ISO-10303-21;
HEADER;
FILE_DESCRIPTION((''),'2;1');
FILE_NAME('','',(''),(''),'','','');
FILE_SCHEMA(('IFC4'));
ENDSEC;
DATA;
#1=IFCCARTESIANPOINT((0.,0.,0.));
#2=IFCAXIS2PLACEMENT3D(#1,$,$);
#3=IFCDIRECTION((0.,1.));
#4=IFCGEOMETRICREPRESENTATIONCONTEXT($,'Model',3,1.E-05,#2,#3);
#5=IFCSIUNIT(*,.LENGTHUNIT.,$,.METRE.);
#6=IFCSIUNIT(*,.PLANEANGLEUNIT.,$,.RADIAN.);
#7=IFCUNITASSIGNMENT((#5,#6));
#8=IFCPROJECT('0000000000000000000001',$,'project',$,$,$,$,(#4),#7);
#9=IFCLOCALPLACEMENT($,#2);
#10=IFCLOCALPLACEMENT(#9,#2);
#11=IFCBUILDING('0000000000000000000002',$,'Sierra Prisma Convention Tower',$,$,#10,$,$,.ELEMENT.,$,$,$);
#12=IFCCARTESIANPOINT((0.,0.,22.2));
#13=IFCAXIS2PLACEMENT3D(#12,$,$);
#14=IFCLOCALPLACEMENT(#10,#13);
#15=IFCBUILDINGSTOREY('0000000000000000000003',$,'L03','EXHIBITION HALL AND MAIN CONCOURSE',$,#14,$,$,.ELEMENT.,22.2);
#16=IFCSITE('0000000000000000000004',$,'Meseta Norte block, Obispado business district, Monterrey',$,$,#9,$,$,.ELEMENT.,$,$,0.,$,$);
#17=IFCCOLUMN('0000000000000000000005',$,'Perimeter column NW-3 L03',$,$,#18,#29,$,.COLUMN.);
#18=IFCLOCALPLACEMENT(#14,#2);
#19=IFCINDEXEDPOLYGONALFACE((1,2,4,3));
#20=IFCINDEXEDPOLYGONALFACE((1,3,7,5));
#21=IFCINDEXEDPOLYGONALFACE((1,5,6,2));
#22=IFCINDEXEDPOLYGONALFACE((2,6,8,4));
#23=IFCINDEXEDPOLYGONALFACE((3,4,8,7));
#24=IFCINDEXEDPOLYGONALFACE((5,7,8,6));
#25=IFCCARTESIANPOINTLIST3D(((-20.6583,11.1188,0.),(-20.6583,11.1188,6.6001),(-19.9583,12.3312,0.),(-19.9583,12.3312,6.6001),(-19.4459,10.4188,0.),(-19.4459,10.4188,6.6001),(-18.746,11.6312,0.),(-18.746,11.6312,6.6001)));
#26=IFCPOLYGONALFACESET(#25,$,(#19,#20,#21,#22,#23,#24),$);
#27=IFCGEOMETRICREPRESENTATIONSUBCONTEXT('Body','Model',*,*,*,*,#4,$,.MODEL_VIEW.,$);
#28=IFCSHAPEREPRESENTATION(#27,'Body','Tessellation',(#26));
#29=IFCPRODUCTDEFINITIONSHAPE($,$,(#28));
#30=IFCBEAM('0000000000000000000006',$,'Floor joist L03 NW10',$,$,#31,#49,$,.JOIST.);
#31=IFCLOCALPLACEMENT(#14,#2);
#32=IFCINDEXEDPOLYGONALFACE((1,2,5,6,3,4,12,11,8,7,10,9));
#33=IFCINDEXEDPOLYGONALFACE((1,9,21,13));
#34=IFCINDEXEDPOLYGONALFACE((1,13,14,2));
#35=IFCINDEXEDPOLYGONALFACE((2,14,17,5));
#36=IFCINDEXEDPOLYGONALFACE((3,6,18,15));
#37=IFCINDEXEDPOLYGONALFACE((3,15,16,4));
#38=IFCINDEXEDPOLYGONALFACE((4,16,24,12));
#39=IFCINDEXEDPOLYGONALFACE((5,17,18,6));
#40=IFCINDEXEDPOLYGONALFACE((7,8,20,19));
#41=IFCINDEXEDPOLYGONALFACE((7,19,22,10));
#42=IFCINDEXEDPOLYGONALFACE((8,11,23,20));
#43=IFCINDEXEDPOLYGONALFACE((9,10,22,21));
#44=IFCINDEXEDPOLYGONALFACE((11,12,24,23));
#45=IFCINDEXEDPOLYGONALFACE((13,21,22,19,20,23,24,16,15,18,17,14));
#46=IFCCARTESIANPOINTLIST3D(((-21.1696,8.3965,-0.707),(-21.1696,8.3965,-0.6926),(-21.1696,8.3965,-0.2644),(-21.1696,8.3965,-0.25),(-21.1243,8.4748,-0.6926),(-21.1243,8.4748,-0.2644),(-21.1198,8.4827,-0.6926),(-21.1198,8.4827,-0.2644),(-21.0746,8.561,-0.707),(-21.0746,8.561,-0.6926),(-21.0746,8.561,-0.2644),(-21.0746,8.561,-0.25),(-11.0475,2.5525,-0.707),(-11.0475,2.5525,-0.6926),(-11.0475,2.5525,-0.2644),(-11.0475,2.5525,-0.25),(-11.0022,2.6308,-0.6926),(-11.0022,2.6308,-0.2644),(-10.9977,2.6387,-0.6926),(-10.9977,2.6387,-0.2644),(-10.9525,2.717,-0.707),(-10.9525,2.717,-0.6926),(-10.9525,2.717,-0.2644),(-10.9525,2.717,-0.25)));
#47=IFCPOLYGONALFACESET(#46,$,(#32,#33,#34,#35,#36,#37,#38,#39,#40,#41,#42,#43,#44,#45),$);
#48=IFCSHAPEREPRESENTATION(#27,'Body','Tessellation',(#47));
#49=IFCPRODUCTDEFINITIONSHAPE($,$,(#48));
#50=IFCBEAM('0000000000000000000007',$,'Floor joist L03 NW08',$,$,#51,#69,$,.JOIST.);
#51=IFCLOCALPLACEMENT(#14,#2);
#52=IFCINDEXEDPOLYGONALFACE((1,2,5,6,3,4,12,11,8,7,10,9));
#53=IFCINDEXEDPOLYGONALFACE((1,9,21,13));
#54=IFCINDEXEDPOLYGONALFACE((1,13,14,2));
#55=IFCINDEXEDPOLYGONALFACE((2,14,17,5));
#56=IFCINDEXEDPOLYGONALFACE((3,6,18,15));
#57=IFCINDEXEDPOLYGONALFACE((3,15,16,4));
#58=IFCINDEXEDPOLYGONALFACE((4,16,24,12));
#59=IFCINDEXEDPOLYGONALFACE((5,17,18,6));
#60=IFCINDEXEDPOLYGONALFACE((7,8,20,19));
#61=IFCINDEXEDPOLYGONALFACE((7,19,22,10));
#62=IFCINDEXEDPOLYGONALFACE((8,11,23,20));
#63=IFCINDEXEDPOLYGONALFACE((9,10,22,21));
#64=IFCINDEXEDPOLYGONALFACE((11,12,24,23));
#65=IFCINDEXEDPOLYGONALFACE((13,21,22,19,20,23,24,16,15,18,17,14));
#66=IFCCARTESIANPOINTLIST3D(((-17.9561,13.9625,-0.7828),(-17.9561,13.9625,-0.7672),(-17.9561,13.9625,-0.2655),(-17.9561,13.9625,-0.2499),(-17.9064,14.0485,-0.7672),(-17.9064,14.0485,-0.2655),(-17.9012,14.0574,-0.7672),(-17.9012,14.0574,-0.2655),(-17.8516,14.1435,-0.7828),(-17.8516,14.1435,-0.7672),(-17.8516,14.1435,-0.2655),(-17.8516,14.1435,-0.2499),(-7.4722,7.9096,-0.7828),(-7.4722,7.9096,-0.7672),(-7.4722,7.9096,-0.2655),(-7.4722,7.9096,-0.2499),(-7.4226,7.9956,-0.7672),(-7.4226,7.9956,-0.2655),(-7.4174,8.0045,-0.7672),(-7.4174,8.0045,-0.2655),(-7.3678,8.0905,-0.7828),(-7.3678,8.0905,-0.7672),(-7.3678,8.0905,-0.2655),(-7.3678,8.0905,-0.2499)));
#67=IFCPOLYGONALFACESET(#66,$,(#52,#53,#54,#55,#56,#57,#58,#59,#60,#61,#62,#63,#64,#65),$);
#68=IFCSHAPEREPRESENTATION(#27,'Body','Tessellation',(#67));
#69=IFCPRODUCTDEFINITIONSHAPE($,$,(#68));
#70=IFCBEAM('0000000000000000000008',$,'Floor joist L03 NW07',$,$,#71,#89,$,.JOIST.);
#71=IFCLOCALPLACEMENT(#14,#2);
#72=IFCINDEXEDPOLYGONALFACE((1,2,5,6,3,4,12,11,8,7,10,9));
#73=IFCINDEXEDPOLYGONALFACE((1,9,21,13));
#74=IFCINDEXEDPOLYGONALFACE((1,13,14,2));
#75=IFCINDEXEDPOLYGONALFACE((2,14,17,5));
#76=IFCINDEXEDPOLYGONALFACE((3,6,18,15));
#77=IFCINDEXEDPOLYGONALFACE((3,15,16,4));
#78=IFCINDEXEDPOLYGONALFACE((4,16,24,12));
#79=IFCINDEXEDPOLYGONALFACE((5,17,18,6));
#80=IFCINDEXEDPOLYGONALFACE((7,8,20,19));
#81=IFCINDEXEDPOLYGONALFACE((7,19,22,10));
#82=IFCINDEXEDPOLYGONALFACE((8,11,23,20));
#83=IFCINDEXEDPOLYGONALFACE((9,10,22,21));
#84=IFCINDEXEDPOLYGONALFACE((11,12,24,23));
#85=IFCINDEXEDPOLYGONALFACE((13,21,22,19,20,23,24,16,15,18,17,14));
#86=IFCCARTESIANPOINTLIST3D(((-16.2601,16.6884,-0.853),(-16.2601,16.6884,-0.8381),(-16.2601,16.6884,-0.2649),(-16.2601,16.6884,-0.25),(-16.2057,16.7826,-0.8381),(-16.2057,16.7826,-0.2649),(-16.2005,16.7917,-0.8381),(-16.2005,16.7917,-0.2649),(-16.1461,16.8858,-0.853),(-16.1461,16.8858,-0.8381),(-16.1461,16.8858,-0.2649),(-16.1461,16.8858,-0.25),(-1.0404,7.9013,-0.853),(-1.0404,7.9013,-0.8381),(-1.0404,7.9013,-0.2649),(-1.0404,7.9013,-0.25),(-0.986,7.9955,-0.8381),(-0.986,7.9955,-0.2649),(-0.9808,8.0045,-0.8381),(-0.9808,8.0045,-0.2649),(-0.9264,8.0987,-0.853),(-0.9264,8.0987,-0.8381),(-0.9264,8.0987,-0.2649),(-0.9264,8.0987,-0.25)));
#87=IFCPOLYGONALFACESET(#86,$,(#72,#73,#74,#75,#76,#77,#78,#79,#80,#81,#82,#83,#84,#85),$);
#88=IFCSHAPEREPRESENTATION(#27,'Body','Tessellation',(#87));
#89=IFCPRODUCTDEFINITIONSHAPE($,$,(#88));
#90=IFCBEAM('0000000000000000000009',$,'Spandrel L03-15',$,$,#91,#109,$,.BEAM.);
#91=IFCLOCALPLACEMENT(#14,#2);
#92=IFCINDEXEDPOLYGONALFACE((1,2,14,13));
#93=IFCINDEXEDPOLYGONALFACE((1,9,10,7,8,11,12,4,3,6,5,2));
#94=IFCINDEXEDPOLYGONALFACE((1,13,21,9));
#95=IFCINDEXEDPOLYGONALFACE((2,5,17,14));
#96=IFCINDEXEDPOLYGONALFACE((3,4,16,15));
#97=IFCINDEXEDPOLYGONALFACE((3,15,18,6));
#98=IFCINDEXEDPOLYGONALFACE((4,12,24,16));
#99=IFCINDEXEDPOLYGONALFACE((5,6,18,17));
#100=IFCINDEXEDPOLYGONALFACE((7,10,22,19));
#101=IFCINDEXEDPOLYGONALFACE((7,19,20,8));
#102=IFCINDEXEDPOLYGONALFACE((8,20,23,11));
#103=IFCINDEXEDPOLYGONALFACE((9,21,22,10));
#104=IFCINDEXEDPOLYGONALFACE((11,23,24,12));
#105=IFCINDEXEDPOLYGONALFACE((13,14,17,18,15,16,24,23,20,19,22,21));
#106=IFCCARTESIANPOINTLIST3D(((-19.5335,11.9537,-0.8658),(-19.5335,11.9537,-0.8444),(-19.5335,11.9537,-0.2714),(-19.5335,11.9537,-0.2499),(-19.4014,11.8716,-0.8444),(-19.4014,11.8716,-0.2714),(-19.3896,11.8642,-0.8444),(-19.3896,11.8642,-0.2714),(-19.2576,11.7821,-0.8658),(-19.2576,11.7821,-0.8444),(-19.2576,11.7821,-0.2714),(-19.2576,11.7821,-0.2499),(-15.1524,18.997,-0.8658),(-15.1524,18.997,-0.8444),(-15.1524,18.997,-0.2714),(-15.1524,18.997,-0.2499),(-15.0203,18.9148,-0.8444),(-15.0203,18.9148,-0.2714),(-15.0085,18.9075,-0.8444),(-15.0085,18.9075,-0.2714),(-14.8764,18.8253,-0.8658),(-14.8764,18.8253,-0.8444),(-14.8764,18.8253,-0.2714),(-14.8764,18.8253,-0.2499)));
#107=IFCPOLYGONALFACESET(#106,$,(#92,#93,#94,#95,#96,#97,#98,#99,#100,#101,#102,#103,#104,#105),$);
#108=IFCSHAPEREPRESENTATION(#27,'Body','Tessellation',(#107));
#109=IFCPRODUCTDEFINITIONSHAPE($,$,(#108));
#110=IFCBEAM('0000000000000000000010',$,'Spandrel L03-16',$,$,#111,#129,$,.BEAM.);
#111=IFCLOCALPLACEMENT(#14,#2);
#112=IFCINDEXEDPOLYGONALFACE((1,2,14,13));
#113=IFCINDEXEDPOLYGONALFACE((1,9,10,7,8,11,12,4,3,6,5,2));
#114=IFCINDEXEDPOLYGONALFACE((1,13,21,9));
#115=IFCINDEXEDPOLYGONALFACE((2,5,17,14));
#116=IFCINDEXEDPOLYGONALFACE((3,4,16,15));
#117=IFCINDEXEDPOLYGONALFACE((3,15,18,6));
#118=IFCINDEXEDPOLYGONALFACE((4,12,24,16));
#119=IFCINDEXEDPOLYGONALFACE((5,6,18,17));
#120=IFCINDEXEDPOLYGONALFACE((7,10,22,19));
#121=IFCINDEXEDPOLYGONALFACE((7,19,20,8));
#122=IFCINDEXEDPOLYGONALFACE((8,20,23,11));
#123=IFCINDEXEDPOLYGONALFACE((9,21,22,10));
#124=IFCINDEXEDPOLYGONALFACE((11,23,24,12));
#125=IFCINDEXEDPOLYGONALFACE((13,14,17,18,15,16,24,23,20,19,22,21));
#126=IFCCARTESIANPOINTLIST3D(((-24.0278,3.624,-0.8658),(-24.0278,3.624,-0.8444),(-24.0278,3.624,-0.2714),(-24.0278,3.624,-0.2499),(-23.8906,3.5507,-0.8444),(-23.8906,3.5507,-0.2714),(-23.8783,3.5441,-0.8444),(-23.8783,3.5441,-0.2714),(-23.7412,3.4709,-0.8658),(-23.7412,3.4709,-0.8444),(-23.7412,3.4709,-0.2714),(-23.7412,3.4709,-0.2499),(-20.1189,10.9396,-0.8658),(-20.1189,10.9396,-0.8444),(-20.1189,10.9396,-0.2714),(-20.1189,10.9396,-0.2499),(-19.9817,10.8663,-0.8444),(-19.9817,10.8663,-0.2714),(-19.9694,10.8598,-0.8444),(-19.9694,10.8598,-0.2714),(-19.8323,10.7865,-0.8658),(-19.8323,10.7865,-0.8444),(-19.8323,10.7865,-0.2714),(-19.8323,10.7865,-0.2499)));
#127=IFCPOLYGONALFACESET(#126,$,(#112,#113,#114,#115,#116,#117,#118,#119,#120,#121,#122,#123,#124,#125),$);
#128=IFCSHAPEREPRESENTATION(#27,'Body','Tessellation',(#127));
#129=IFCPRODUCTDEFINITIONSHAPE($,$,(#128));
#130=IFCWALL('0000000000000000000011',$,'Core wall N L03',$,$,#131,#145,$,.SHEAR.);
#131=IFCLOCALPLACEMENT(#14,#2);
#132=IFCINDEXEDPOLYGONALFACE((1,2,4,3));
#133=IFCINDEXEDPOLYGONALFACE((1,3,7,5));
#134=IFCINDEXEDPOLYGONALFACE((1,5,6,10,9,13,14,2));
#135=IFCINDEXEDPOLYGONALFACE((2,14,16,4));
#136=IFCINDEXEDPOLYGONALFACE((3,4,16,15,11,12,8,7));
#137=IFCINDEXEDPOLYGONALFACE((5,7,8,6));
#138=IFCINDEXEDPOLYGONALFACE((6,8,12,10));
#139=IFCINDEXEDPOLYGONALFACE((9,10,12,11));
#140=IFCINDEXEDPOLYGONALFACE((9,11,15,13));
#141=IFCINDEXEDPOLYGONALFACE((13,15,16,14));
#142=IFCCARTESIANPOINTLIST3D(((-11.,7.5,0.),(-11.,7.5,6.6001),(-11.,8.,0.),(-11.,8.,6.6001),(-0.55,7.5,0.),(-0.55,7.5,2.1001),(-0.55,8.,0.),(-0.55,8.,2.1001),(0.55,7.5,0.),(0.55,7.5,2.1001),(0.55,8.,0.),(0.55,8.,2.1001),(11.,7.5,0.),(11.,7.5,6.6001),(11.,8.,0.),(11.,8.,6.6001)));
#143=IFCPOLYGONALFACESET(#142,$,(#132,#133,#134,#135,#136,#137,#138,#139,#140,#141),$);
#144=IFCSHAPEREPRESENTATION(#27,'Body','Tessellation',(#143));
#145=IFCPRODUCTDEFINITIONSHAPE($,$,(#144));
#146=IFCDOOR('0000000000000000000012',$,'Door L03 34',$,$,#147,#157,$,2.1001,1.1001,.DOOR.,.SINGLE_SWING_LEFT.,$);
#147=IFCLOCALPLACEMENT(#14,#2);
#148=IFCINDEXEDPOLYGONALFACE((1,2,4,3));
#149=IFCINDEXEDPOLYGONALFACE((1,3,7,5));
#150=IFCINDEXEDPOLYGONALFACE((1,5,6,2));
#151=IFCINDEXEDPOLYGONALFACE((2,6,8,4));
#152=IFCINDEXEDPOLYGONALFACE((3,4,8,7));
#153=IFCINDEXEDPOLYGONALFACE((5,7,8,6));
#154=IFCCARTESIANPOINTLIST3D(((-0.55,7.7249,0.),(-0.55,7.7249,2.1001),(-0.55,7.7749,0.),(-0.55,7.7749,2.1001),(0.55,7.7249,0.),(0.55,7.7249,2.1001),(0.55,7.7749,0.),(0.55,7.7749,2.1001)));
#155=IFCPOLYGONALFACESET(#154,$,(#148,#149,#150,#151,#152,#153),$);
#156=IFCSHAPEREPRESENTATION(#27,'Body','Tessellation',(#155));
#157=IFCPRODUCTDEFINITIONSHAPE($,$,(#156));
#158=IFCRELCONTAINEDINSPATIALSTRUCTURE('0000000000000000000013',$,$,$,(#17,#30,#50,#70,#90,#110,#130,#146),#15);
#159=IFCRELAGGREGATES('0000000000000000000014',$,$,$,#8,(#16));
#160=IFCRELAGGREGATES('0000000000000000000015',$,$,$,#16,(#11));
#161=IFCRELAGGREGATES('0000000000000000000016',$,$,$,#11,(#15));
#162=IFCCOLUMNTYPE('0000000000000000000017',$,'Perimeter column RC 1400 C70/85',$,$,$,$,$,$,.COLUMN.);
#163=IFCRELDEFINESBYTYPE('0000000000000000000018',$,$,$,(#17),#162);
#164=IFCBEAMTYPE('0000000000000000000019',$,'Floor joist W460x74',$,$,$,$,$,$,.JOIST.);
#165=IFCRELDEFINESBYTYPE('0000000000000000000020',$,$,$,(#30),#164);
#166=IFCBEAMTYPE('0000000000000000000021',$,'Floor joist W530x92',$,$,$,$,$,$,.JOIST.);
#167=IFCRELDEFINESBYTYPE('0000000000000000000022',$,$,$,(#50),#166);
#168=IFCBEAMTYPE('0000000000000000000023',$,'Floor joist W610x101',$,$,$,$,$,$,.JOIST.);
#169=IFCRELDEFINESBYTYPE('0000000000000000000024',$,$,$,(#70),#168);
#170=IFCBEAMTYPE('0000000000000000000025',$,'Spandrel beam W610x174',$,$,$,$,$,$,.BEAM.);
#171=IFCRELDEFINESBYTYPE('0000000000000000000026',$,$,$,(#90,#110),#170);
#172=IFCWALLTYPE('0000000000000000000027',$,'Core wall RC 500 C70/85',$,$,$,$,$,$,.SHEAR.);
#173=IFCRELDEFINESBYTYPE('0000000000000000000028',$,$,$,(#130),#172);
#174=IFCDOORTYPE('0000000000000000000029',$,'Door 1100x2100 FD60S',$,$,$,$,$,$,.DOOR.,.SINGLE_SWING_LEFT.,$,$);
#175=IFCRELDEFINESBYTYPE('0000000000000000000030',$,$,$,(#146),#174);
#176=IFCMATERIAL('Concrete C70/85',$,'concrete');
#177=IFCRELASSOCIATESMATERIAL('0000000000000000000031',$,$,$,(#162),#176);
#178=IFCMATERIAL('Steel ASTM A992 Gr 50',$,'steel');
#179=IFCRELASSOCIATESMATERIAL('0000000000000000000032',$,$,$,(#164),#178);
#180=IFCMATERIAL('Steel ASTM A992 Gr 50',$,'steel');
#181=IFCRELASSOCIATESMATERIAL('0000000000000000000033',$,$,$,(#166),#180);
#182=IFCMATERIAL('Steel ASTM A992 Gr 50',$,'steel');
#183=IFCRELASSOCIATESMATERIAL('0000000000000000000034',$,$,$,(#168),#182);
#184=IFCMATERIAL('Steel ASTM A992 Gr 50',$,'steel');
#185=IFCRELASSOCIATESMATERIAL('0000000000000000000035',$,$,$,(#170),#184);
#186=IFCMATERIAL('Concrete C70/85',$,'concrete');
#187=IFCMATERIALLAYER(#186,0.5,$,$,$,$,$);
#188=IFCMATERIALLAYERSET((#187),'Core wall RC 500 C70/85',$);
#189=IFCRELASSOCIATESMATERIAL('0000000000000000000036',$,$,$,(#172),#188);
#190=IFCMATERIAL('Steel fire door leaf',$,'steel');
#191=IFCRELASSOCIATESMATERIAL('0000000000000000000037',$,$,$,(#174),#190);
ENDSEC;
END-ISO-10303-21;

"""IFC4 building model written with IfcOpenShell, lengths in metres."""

from ifc_helpers import new_model, si_unit, direction, frame, frame_2d, origin, origin_2d, place, context, subcontext, project, spatial, rectangle, i_section, extrude, material, layer, layer_set, material_profile, profile_set, type_object, element, fill, save


model = new_model("IFC4")

# Units and contexts
model_context = context("Model", 3, precision=1e-05, world=origin(), true_north=direction((0.0, 1.0)))
body_context = subcontext(model_context, "Body", "Model", "MODEL_VIEW")
ifc_project = project(units=[si_unit("LENGTHUNIT", "METRE"), si_unit("PLANEANGLEUNIT", "RADIAN")], contexts=[model_context])

# Site, building, storey
site_placement = place(None, origin())
site = spatial("IfcSite", under=ifc_project, at=site_placement, Name="Meseta Norte block, Obispado business district, Monterrey", CompositionType="ELEMENT", RefElevation=0.0)
building_placement = place(site_placement, origin())
building = spatial("IfcBuilding", under=site, at=building_placement, Name="Sierra Prisma Convention Tower", CompositionType="ELEMENT")
storey_placement = place(building_placement, frame((0.0, 0.0, 22.2)))
storey = spatial("IfcBuildingStorey", under=building, at=storey_placement, Name="L03", Description="EXHIBITION HALL AND MAIN CONCOURSE", CompositionType="ELEMENT", Elevation=22.2)

# Column
ifc_material_1 = material(Name="Concrete C70/85", Category="concrete")
ifc_material_profile_1 = material_profile(ifc_material_1, rectangle(XDim=1.3999, YDim=1.3999, at=origin_2d()), Name="Perimeter column RC 1400 C70/85")
ifc_profile_set_1 = profile_set([ifc_material_profile_1], Name="Concrete C70/85")
column_type = type_object("IfcColumnType", Name="Perimeter column RC 1400 C70/85", PredefinedType="COLUMN", material=ifc_profile_set_1)
column_placement = place(storey_placement, frame((-19.7021, 11.375, 0.0), z_axis=(0.0, 0.0, 1.0), x_axis=(0.5, 0.866025, 0.0)))
element("IfcColumn", 1, at=column_placement, inside=storey, type_object=column_type, Name="Perimeter column NW-3 L03", PredefinedType="COLUMN", context=body_context, shape_type="SweptSolid", body=[
    extrude(rectangle(XDim=1.3999, YDim=1.3999, at=origin_2d()), origin(), (0.0, 0.0, 1.0), 6.6001),
])

# Beams
ifc_material_2 = material(Name="Steel ASTM A992 Gr 50", Category="steel")
ifc_material_profile_2 = material_profile(ifc_material_2, i_section(OverallWidth=0.1899, OverallDepth=0.457, WebThickness=0.009, FlangeThickness=0.0144, at=origin_2d()), Name="W460x74")
ifc_profile_set_2 = profile_set([ifc_material_profile_2], Name="Steel ASTM A992 Gr 50")
beam_type_1 = type_object("IfcBeamType", Name="Floor joist W460x74", PredefinedType="JOIST", material=ifc_profile_set_2)
beam_1_placement = place(storey_placement, frame((-21.1221, 8.4788, -0.4785), z_axis=(0.866025, -0.500001, 0.0), x_axis=(0.500001, 0.866025, 0.0)))
element("IfcBeam", 2, at=beam_1_placement, inside=storey, type_object=beam_type_1, Name="Floor joist L03 NW10", PredefinedType="JOIST", context=body_context, shape_type="SweptSolid", body=[
    extrude(i_section(OverallWidth=0.1899, OverallDepth=0.457, WebThickness=0.009, FlangeThickness=0.0144, at=origin_2d()), origin(), (0.0, 0.0, 1.0), 11.688),
])
ifc_material_3 = material(Name="Steel ASTM A992 Gr 50", Category="steel")
ifc_material_profile_3 = material_profile(ifc_material_3, i_section(OverallWidth=0.209, OverallDepth=0.533, WebThickness=0.0103, FlangeThickness=0.0156, at=origin_2d()), Name="W530x92")
ifc_profile_set_3 = profile_set([ifc_material_profile_3], Name="Steel ASTM A992 Gr 50")
beam_type_2 = type_object("IfcBeamType", Name="Floor joist W530x92", PredefinedType="JOIST", material=ifc_profile_set_3)
beam_2_placement = place(storey_placement, frame((-17.9038, 14.053, -0.5164), z_axis=(0.866022, -0.500006, 0.0), x_axis=(0.500006, 0.866022, 0.0)))
element("IfcBeam", 3, at=beam_2_placement, inside=storey, type_object=beam_type_2, Name="Floor joist L03 NW08", PredefinedType="JOIST", context=body_context, shape_type="SweptSolid", body=[
    extrude(i_section(OverallWidth=0.209, OverallDepth=0.533, WebThickness=0.0103, FlangeThickness=0.0156, at=origin_2d()), origin(), (0.0, 0.0, 1.0), 12.1057),
])
ifc_material_4 = material(Name="Steel ASTM A992 Gr 50", Category="steel")
ifc_material_profile_4 = material_profile(ifc_material_4, i_section(OverallWidth=0.228, OverallDepth=0.603, WebThickness=0.0105, FlangeThickness=0.0149, at=origin_2d()), Name="W610x101")
ifc_profile_set_4 = profile_set([ifc_material_profile_4], Name="Steel ASTM A992 Gr 50")
beam_type_3 = type_object("IfcBeamType", Name="Floor joist W610x101", PredefinedType="JOIST", material=ifc_profile_set_4)
beam_3_placement = place(storey_placement, frame((-16.2031, 16.7871, -0.5515), z_axis=(0.866025, -0.5, 0.0), x_axis=(0.5, 0.866025, 0.0)))
element("IfcBeam", 4, at=beam_3_placement, inside=storey, type_object=beam_type_3, Name="Floor joist L03 NW07", PredefinedType="JOIST", context=body_context, shape_type="SweptSolid", body=[
    extrude(i_section(OverallWidth=0.228, OverallDepth=0.603, WebThickness=0.0105, FlangeThickness=0.0149, at=origin_2d()), origin(), (0.0, 0.0, 1.0), 17.5742),
])
ifc_material_5 = material(Name="Steel ASTM A992 Gr 50", Category="steel")
ifc_material_profile_5 = material_profile(ifc_material_5, i_section(OverallWidth=0.325, OverallDepth=0.616, WebThickness=0.0139, FlangeThickness=0.0215, at=origin_2d()), Name="W610x174")
ifc_profile_set_5 = profile_set([ifc_material_profile_5], Name="Steel ASTM A992 Gr 50")
beam_type_4 = type_object("IfcBeamType", Name="Spandrel beam W610x174", PredefinedType="BEAM", material=ifc_profile_set_5)
beam_4_placement = place(storey_placement, frame((-15.0144, 18.9111, -0.5579), z_axis=(-0.528185, -0.849129, 0.0), x_axis=(0.849129, -0.528185, 0.0)))
element("IfcBeam", 5, at=beam_4_placement, inside=storey, type_object=beam_type_4, Name="Spandrel L03-15", PredefinedType="BEAM", context=body_context, shape_type="SweptSolid", body=[
    extrude(i_section(OverallWidth=0.325, OverallDepth=0.616, WebThickness=0.0139, FlangeThickness=0.0215, at=origin_2d()), origin(), (0.0, 0.0, 1.0), 8.2947),
])
beam_5_placement = place(storey_placement, frame((-19.9756, 10.863, -0.5579), z_axis=(-0.471268, -0.88199, 0.0), x_axis=(0.88199, -0.471268, 0.0)))
element("IfcBeam", 6, at=beam_5_placement, inside=storey, type_object=beam_type_4, Name="Spandrel L03-16", PredefinedType="BEAM", context=body_context, shape_type="SweptSolid", body=[
    extrude(i_section(OverallWidth=0.325, OverallDepth=0.616, WebThickness=0.0139, FlangeThickness=0.0215, at=origin_2d()), origin(), (0.0, 0.0, 1.0), 8.2944),
])

# Wall, opening, door
ifc_material_6 = material(Name="Concrete C70/85", Category="concrete")
ifc_layer_1 = layer(ifc_material_6, 0.5)
ifc_layer_set_1 = layer_set([ifc_layer_1], Name="Core wall RC 500 C70/85")
wall_type_1 = type_object("IfcWallType", Name="Core wall RC 500 C70/85", PredefinedType="SHEAR", material=ifc_layer_set_1)
wall_1_placement = place(storey_placement, frame((-11.0, 7.75, 0.0), z_axis=(0.0, 0.0, 1.0), x_axis=(1.0, 0.0, 0.0)))
wall_1 = element("IfcWall", 7, at=wall_1_placement, inside=storey, type_object=wall_type_1, Name="Core wall N L03", PredefinedType="SHEAR", context=body_context, shape_type="SweptSolid", body=[
    extrude(rectangle(XDim=22.0, YDim=0.5, at=frame_2d((11.0, 0.0))), origin(), (0.0, 0.0, 1.0), 6.6001),
])
opening_1_placement = place(wall_1_placement, frame((10.45, 0.0, 0.0)))
opening_1 = element("IfcOpeningElement", 8, at=opening_1_placement, cuts=wall_1, PredefinedType="OPENING", context=body_context, shape_type="SweptSolid", body=[
    extrude(rectangle(XDim=1.1001, YDim=2.1001, at=frame_2d((0.55, 1.05))), frame((0.0, 0.25, 0.0), z_axis=(0.0, -1.0, 0.0), x_axis=(1.0, 0.0, 0.0)), (0.0, 0.0, 1.0), 0.5),
])
ifc_material_7 = material(Name="Steel fire door leaf", Category="steel")
door_type_1 = type_object("IfcDoorType", Name="Door 1100x2100 FD60S", OperationType="SINGLE_SWING_LEFT", PredefinedType="DOOR", material=ifc_material_7)
door_1_placement = place(opening_1_placement, origin())
door_1 = element("IfcDoor", 9, at=door_1_placement, inside=storey, type_object=door_type_1, Name="Door L03 34", OperationType="SINGLE_SWING_LEFT", OverallHeight=2.1001, OverallWidth=1.1001, PredefinedType="DOOR", context=body_context, shape_type="SweptSolid", body=[
    extrude(rectangle(XDim=1.1001, YDim=2.1001, at=frame_2d((0.55, 1.05))), frame((0.0, 0.0249, 0.0), z_axis=(0.0, -1.0, 0.0), x_axis=(1.0, 0.0, 0.0)), (0.0, 0.0, 1.0), 0.05),
])
fill(opening_1, door_1)

save(model, "model.ifc")
